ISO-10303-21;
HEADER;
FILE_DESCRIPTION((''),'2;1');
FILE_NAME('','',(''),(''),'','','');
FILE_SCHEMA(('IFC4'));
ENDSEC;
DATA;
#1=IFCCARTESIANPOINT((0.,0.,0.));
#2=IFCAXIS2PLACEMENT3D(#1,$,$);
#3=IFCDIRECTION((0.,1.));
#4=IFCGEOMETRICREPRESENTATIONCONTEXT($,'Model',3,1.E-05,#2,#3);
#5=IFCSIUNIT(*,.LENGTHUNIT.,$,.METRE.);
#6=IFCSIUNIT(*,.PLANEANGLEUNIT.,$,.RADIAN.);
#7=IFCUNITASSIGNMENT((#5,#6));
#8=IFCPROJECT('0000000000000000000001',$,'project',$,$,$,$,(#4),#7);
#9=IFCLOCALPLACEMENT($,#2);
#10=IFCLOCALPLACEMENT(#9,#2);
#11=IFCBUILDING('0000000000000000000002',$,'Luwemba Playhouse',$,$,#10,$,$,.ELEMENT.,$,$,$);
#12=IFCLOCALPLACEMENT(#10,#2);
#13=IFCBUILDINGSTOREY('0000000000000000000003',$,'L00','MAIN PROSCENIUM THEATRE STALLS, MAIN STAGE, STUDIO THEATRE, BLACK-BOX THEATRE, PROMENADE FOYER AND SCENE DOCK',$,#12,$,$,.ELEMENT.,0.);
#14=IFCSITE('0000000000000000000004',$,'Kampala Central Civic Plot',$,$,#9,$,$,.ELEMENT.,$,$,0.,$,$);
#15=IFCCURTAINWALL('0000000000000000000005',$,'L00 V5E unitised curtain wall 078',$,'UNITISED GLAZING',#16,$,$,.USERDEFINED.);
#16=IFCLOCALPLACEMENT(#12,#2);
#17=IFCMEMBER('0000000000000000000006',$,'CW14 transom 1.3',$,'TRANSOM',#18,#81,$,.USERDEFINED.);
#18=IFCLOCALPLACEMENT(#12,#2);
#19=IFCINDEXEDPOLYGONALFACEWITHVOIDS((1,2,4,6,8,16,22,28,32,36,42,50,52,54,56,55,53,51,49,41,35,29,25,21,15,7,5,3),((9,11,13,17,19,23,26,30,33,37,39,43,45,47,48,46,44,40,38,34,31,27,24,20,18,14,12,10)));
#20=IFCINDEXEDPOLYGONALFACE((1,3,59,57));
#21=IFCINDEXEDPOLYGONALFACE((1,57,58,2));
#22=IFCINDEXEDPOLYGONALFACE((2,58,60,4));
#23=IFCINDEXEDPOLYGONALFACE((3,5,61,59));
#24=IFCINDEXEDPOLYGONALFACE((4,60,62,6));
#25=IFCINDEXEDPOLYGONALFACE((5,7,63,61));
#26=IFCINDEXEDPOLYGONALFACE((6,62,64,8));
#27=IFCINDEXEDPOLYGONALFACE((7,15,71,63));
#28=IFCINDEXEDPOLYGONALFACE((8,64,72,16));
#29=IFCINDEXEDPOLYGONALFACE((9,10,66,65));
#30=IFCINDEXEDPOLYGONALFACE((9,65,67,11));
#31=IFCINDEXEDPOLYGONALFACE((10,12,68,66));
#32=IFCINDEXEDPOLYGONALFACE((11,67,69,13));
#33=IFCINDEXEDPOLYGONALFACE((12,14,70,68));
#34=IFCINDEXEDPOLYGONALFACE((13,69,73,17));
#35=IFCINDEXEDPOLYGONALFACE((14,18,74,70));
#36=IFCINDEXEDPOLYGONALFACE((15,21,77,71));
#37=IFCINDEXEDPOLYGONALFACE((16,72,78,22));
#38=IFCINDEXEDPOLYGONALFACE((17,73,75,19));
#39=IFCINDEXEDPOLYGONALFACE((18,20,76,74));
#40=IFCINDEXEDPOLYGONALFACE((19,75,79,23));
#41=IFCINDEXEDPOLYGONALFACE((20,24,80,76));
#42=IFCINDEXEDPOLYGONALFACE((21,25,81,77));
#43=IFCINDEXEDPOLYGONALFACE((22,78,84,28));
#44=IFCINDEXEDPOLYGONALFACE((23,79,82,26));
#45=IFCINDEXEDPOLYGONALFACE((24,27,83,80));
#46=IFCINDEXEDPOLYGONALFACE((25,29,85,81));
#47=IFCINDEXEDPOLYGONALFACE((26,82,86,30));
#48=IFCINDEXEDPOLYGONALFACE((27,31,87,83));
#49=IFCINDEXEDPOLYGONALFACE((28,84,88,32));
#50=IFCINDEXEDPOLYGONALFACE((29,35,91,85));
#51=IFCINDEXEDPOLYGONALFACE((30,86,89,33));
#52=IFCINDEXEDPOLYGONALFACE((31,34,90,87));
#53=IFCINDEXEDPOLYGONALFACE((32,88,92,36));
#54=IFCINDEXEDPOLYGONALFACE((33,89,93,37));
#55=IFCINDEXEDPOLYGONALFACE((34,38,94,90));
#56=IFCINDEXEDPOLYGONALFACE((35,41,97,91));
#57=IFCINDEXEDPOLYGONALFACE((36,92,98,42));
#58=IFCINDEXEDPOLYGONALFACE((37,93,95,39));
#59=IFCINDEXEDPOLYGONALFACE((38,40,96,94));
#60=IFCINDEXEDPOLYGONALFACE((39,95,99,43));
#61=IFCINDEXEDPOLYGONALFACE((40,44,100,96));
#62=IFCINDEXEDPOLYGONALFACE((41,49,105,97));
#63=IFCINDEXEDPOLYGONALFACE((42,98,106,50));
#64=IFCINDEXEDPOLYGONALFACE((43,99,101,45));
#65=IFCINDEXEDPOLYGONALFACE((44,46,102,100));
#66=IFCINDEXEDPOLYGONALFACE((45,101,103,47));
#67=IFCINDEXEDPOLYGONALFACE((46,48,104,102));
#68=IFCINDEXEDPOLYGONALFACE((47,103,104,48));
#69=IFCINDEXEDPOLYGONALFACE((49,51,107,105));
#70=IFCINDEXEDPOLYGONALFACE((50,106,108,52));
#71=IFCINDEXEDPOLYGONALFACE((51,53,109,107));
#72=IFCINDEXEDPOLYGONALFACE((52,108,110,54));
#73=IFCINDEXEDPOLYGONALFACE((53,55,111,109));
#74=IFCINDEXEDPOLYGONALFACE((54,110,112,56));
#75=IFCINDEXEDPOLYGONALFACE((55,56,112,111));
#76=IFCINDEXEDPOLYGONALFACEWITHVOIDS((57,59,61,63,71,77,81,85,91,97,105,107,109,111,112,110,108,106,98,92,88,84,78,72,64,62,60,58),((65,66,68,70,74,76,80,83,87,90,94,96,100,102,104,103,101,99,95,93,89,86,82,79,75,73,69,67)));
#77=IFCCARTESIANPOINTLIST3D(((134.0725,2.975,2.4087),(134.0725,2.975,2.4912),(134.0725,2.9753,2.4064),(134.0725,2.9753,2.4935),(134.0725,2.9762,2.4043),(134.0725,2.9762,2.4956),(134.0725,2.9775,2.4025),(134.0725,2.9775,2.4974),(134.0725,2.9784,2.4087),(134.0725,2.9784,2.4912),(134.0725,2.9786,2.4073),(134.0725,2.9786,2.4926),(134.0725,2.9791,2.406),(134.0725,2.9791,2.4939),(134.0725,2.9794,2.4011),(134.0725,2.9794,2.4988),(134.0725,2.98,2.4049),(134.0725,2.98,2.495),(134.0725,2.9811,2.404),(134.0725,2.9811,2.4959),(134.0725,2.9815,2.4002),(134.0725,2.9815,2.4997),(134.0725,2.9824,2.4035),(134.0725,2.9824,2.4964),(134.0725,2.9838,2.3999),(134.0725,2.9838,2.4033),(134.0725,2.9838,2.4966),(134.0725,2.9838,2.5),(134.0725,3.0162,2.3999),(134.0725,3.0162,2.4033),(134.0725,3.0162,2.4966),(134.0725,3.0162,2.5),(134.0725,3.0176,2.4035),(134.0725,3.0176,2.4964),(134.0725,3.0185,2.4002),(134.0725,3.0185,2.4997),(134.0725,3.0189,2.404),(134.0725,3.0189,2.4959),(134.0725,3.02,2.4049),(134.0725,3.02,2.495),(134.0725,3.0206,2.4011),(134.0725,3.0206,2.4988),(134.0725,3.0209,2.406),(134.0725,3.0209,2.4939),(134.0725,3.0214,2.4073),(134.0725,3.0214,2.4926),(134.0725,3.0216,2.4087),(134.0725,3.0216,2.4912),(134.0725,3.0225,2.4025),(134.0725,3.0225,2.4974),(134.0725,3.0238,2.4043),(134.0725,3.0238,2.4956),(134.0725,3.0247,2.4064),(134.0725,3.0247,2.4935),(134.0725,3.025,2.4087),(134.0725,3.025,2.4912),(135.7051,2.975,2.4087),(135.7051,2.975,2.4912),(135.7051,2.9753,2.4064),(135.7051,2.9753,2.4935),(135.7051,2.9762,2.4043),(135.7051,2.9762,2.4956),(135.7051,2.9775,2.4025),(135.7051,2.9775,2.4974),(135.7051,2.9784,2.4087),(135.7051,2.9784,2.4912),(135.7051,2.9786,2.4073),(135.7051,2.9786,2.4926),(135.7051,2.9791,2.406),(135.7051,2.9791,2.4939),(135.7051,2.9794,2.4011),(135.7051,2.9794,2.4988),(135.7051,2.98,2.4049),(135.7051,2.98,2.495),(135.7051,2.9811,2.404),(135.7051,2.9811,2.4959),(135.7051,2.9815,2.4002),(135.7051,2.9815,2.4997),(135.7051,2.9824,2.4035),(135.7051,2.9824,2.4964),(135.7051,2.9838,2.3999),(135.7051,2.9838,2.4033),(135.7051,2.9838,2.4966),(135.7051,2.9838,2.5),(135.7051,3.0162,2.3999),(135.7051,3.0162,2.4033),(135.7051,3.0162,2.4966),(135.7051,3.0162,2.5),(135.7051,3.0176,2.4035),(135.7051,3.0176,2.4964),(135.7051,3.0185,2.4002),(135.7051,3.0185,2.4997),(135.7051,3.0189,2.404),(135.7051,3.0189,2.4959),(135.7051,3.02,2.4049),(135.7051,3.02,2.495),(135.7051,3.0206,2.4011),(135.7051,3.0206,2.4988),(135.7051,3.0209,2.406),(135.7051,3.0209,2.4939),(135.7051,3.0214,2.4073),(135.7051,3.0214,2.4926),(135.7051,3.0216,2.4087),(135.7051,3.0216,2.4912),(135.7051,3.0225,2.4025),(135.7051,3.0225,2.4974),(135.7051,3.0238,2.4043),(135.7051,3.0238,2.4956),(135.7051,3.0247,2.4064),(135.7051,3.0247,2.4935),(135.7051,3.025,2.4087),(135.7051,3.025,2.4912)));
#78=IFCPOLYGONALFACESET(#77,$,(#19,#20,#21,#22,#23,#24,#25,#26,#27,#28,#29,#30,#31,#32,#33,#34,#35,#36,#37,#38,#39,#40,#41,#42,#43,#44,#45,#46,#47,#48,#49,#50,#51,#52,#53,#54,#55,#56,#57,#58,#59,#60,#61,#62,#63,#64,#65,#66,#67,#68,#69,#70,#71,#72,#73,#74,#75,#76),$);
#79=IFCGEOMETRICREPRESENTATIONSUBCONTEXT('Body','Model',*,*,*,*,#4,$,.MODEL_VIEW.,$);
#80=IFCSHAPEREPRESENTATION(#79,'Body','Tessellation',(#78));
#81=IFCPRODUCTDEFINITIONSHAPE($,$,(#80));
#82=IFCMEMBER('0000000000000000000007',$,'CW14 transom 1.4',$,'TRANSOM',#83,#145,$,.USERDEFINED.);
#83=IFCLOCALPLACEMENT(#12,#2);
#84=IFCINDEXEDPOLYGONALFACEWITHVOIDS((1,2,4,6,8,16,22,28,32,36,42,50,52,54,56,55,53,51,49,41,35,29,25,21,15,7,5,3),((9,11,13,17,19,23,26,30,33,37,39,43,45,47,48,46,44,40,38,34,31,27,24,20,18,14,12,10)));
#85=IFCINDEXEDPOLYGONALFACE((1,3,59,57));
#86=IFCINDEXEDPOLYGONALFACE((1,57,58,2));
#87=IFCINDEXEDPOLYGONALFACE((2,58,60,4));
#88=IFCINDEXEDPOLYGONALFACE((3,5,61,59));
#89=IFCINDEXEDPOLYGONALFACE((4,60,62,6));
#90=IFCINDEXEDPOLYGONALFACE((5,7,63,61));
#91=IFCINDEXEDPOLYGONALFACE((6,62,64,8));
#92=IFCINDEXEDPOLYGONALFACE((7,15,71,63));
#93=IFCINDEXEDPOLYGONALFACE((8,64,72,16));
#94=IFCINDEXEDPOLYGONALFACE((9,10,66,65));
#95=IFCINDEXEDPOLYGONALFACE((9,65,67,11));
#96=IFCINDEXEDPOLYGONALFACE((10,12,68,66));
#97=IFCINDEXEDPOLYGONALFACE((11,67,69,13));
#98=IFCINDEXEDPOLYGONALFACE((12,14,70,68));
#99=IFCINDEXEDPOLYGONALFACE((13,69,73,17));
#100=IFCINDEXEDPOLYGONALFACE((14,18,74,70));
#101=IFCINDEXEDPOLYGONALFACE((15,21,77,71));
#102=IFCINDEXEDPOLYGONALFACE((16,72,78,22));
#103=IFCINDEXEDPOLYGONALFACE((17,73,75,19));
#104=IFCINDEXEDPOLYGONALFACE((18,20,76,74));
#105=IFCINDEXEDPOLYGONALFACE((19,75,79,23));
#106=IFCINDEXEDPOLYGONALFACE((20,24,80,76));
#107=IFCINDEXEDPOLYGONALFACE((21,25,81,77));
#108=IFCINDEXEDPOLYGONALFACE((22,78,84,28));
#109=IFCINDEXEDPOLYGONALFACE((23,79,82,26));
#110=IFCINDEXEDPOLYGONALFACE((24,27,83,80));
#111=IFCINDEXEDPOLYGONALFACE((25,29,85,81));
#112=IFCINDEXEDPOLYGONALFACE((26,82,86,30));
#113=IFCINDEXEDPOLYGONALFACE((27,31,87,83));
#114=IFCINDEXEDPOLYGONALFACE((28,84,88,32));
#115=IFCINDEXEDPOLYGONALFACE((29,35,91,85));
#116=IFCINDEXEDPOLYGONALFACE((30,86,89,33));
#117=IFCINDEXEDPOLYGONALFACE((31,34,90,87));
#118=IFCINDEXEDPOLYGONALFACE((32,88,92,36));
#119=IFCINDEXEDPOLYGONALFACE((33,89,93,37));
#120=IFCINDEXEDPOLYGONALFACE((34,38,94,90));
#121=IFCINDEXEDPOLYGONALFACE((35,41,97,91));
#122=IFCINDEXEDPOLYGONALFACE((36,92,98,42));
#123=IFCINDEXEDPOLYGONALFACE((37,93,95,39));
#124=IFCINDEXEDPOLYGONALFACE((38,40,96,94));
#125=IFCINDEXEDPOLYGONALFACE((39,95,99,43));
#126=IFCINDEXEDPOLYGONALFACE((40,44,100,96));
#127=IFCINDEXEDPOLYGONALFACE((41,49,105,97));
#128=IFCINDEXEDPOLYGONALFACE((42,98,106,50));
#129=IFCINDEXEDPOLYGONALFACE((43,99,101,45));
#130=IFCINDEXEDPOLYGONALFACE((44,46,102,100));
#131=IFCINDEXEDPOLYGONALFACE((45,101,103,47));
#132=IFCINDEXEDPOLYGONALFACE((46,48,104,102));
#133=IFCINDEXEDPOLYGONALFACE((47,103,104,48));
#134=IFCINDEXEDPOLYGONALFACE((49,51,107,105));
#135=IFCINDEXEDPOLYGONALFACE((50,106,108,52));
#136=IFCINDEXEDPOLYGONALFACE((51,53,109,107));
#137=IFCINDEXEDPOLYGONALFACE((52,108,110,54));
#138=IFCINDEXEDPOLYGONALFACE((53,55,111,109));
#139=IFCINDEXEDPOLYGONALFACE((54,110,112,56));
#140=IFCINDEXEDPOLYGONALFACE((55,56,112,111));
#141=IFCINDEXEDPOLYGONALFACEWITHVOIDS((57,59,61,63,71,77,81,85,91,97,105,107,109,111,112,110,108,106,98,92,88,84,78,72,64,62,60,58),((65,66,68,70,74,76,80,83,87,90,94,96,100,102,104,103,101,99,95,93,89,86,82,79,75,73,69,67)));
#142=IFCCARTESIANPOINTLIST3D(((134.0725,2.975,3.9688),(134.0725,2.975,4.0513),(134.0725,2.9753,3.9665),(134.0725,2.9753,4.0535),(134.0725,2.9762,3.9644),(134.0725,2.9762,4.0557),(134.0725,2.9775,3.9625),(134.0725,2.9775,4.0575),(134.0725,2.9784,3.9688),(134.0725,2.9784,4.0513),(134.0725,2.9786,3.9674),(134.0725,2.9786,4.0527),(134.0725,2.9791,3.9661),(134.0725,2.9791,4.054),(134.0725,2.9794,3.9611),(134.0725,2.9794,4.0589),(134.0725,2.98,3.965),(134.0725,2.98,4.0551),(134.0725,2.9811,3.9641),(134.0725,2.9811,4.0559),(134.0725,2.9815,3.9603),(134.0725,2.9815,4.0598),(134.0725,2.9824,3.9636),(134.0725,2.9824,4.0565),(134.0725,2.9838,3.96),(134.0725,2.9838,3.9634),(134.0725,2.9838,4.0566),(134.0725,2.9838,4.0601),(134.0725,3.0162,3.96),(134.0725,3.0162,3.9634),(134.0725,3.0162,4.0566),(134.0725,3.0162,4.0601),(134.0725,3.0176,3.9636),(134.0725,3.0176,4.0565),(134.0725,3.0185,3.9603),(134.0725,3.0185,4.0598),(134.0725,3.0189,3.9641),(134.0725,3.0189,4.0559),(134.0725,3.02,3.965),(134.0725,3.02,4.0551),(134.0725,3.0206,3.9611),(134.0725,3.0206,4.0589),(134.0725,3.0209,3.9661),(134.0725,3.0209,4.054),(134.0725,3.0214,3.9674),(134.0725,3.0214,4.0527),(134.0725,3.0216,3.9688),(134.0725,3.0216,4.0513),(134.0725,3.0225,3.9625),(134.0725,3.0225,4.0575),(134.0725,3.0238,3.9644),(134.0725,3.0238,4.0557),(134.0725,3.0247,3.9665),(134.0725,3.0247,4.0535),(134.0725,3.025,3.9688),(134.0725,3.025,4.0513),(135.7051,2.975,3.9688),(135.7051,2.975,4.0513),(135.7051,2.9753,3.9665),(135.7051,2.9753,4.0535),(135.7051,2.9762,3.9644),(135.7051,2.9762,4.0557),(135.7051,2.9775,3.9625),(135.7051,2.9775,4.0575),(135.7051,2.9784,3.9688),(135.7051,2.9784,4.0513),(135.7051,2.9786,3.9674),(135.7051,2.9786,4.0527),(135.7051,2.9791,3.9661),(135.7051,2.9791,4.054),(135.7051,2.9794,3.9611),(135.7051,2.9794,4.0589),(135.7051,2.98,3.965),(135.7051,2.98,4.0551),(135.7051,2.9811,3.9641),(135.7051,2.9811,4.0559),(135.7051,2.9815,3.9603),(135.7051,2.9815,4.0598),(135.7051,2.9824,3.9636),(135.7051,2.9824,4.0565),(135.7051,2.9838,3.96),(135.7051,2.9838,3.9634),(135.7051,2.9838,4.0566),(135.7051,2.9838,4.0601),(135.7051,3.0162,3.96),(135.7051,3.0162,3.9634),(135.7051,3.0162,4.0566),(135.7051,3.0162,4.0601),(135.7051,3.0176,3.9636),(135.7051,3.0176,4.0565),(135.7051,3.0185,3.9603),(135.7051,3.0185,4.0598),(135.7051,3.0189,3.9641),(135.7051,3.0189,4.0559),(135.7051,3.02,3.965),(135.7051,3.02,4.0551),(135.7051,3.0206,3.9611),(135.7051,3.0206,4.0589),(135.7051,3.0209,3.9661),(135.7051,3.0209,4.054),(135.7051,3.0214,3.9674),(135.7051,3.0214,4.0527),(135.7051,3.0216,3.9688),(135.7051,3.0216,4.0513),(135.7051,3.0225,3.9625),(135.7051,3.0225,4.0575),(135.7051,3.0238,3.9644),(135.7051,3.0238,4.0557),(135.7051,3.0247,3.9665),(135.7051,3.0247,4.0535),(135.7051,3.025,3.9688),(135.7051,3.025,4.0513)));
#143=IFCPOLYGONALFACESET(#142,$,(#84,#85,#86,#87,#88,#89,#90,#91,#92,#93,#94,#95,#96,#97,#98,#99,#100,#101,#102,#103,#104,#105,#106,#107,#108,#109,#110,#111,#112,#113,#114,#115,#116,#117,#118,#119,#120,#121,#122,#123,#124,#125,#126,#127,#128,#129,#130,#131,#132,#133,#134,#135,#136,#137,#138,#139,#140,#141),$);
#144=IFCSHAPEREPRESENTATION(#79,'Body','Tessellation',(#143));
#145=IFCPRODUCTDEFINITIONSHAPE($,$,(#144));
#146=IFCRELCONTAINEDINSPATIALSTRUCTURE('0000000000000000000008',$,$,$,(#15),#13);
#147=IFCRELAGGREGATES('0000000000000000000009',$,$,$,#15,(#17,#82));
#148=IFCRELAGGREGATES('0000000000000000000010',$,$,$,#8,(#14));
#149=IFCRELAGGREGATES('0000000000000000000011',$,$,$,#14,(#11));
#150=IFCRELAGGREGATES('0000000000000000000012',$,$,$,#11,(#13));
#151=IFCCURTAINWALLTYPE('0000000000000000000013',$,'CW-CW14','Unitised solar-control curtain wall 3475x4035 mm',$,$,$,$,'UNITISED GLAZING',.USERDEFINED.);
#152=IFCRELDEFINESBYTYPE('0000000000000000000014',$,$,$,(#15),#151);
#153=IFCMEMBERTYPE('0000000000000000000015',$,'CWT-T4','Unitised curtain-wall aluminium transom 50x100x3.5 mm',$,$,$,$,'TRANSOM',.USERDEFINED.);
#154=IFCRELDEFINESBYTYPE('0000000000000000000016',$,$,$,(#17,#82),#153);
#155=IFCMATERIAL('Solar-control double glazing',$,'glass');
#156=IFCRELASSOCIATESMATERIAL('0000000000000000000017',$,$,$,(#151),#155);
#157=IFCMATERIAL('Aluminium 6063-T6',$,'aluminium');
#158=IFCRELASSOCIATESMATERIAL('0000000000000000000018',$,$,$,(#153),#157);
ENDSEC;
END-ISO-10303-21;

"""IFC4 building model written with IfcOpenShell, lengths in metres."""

from ifc_helpers import new_model, si_unit, direction, frame, origin, origin_2d, place, context, subcontext, project, spatial, hollow_rectangle, extrude, material, material_profile, profile_set, type_object, element, aggregate, save


model = new_model("IFC4")

# Units and contexts
model_context = context("Model", 3, precision=1e-05, world=origin(), true_north=direction((0.0, 1.0)))
body_context = subcontext(model_context, "Body", "Model", "MODEL_VIEW")
ifc_project = project(units=[si_unit("LENGTHUNIT", "METRE"), si_unit("PLANEANGLEUNIT", "RADIAN")], contexts=[model_context])

# Site, building, storey
site_placement = place(None, origin())
site = spatial("IfcSite", under=ifc_project, at=site_placement, Name="Kampala Central Civic Plot", CompositionType="ELEMENT", RefElevation=0.0)
building_placement = place(site_placement, origin())
building = spatial("IfcBuilding", under=site, at=building_placement, Name="Luwemba Playhouse", CompositionType="ELEMENT")
storey_placement = place(building_placement, origin())
storey = spatial("IfcBuildingStorey", under=building, at=storey_placement, Name="L00", Description="MAIN PROSCENIUM THEATRE STALLS, MAIN STAGE, STUDIO THEATRE, BLACK-BOX THEATRE, PROMENADE FOYER AND SCENE DOCK", CompositionType="ELEMENT", Elevation=0.0)

# Shared definitions
ifc_material_1 = material(Name="Solar-control double glazing", Category="glass")
ifc_material_2 = material(Name="Aluminium 6063-T6", Category="aluminium")

# Curtain wall, members
curtain_wall_type_1 = type_object("IfcCurtainWallType", Name="CW-CW14", Description="Unitised solar-control curtain wall 3475x4035 mm", ElementType="UNITISED GLAZING", PredefinedType="USERDEFINED", material=ifc_material_1)
curtain_wall_1_placement = place(storey_placement, origin())
curtain_wall_1 = element("IfcCurtainWall", 1, at=curtain_wall_1_placement, inside=storey, type_object=curtain_wall_type_1, Name="L00 V5E unitised curtain wall 078", ObjectType="UNITISED GLAZING", PredefinedType="USERDEFINED")
ifc_material_profile_1 = material_profile(ifc_material_2, hollow_rectangle(XDim=0.05, YDim=0.1001, WallThickness=0.0034, InnerFilletRadius=0.0054, OuterFilletRadius=0.0088, at=origin_2d()))
ifc_profile_set_1 = profile_set([ifc_material_profile_1], Name="Aluminium 6063-T6")
member_type_1 = type_object("IfcMemberType", Name="CWT-T4", Description="Unitised curtain-wall aluminium transom 50x100x3.5 mm", ElementType="TRANSOM", PredefinedType="USERDEFINED", material=ifc_profile_set_1)
member_1_placement = place(storey_placement, frame((135.7051, 3.0, 2.45), z_axis=(-1.0, 0.0, 0.0), x_axis=(0.0, -1.0, 0.0)))
member_1 = element("IfcMember", 2, at=member_1_placement, type_object=member_type_1, Name="CW14 transom 1.3", ObjectType="TRANSOM", PredefinedType="USERDEFINED", context=body_context, shape_type="SweptSolid", body=[
    extrude(hollow_rectangle(XDim=0.05, YDim=0.1001, WallThickness=0.0034, InnerFilletRadius=0.0054, OuterFilletRadius=0.0088, at=origin_2d()), origin(), (0.0, 0.0, 1.0), 1.6326),
])
member_2_placement = place(storey_placement, frame((135.7051, 3.0, 4.01), z_axis=(-1.0, 0.0, 0.0), x_axis=(0.0, -1.0, 0.0)))
member_2 = element("IfcMember", 3, at=member_2_placement, type_object=member_type_1, Name="CW14 transom 1.4", ObjectType="TRANSOM", PredefinedType="USERDEFINED", context=body_context, shape_type="SweptSolid", body=[
    extrude(hollow_rectangle(XDim=0.05, YDim=0.1001, WallThickness=0.0034, InnerFilletRadius=0.0054, OuterFilletRadius=0.0088, at=origin_2d()), origin(), (0.0, 0.0, 1.0), 1.6326),
])

aggregate(curtain_wall_1, [member_1, member_2])

save(model, "model.ifc")
